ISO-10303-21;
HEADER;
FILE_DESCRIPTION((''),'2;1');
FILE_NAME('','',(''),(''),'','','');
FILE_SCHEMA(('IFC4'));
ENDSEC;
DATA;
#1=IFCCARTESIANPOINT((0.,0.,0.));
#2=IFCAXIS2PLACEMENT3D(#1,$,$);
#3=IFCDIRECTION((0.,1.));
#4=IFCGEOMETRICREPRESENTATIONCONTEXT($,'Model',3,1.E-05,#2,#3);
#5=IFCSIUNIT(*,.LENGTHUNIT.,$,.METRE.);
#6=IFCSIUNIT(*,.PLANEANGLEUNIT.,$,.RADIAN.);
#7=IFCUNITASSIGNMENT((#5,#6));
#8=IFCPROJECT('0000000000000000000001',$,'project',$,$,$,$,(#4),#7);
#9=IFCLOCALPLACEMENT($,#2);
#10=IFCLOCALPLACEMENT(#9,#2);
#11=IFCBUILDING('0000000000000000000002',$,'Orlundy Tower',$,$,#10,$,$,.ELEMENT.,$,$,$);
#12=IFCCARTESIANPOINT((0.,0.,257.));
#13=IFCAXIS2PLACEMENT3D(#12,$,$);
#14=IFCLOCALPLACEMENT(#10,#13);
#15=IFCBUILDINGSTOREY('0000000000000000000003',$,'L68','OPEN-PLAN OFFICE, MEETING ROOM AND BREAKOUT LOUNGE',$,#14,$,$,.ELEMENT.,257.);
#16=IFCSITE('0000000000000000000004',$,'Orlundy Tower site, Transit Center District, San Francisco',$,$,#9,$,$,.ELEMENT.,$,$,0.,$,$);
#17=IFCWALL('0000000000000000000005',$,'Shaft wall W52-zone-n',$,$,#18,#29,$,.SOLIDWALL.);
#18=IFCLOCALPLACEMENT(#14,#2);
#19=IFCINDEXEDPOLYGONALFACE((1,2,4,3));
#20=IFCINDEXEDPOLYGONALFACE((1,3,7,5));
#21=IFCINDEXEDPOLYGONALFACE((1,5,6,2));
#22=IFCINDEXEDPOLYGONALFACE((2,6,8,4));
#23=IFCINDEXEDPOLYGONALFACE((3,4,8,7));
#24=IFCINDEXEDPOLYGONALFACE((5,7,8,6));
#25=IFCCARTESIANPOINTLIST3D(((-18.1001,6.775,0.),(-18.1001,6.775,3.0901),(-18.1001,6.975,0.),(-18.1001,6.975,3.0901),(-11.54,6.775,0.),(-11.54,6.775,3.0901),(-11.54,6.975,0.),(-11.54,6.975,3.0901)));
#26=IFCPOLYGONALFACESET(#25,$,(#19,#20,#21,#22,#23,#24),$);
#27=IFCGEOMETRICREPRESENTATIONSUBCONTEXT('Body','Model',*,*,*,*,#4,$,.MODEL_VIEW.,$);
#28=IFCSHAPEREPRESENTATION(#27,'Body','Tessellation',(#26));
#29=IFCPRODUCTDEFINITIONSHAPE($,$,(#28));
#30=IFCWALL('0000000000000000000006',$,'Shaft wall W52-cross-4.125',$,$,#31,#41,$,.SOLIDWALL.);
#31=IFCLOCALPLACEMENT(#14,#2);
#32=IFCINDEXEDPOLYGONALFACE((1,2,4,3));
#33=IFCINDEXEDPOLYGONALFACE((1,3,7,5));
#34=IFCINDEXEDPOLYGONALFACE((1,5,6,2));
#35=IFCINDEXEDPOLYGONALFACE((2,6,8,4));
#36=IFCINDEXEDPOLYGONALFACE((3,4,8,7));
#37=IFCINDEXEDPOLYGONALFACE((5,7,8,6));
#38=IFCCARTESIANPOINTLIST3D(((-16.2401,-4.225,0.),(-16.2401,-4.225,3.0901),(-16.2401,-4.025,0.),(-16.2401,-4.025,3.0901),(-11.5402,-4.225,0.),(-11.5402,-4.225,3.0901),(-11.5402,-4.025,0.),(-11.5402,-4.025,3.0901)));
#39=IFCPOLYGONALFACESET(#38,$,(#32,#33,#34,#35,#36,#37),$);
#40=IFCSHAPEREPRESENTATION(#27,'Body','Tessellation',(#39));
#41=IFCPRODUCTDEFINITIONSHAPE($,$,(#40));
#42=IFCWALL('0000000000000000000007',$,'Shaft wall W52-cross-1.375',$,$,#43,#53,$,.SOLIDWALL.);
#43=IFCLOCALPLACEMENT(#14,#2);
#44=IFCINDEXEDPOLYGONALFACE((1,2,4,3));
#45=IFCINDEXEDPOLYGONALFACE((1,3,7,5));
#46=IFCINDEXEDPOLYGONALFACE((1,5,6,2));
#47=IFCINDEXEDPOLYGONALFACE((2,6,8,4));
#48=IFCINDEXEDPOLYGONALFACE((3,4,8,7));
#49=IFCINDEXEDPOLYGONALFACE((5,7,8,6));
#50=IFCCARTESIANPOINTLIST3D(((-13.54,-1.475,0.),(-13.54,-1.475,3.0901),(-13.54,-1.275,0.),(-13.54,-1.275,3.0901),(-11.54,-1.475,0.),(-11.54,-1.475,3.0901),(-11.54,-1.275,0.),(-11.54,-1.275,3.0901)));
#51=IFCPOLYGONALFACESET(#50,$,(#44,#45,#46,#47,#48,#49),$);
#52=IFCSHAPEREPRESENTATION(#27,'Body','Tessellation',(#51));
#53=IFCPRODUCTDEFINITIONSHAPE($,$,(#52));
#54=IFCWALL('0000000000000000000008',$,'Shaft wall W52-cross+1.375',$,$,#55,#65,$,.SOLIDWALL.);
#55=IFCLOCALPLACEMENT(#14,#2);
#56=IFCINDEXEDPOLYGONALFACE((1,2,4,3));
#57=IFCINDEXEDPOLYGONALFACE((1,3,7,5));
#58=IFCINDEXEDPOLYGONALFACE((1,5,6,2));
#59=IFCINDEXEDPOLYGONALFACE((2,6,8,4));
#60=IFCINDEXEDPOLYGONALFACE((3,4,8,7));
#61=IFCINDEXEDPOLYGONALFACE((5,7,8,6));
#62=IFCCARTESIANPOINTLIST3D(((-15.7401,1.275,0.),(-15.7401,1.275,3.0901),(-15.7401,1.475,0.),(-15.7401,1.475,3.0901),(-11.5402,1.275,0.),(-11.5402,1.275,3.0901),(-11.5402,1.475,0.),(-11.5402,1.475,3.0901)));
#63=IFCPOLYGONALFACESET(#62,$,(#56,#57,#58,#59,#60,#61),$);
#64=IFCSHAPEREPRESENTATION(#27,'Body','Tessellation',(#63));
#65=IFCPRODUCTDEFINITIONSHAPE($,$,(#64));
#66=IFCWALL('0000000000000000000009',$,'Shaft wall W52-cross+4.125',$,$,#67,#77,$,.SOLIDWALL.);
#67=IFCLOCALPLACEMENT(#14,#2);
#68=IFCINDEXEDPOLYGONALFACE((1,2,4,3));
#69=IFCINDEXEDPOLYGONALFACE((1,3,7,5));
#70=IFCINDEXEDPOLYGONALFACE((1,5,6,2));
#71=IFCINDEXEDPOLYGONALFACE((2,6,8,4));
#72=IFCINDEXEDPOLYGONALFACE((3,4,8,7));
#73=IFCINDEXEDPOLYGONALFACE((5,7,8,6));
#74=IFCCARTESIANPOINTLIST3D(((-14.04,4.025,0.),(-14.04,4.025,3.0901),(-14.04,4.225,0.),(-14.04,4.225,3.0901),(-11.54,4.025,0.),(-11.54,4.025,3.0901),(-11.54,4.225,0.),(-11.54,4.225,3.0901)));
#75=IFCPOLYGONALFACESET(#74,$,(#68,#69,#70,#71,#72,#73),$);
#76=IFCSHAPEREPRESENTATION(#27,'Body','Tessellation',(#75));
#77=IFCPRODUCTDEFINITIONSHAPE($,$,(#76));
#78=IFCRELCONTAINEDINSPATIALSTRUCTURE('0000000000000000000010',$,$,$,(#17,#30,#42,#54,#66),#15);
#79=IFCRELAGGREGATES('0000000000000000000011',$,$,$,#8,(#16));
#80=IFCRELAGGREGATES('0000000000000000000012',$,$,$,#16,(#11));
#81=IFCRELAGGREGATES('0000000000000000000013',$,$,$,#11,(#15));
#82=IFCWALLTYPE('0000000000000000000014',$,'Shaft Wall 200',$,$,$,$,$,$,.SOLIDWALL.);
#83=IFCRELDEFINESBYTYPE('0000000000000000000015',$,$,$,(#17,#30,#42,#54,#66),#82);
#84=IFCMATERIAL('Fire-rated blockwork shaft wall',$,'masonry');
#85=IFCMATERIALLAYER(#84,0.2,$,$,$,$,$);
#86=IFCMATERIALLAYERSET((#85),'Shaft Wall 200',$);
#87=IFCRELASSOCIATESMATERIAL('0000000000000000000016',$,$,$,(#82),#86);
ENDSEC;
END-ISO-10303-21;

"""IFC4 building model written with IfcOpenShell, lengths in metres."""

from ifc_helpers import new_model, si_unit, direction, frame, frame_2d, origin, place, context, subcontext, project, spatial, rectangle, extrude, material, layer, layer_set, type_object, element, save


model = new_model("IFC4")

# Units and contexts
model_context = context("Model", 3, precision=1e-05, world=origin(), true_north=direction((0.0, 1.0)))
body_context = subcontext(model_context, "Body", "Model", "MODEL_VIEW")
ifc_project = project(units=[si_unit("LENGTHUNIT", "METRE"), si_unit("PLANEANGLEUNIT", "RADIAN")], contexts=[model_context])

# Site, building, storey
site_placement = place(None, origin())
site = spatial("IfcSite", under=ifc_project, at=site_placement, Name="Orlundy Tower site, Transit Center District, San Francisco", CompositionType="ELEMENT", RefElevation=0.0)
building_placement = place(site_placement, origin())
building = spatial("IfcBuilding", under=site, at=building_placement, Name="Orlundy Tower", CompositionType="ELEMENT")
storey_placement = place(building_placement, frame((0.0, 0.0, 257.0)))
storey = spatial("IfcBuildingStorey", under=building, at=storey_placement, Name="L68", Description="OPEN-PLAN OFFICE, MEETING ROOM AND BREAKOUT LOUNGE", CompositionType="ELEMENT", Elevation=257.0)

# Walls
ifc_material_1 = material(Name="Fire-rated blockwork shaft wall", Category="masonry")
ifc_layer_1 = layer(ifc_material_1, 0.2)
ifc_layer_set_1 = layer_set([ifc_layer_1], Name="Shaft Wall 200")
wall_type_1 = type_object("IfcWallType", Name="Shaft Wall 200", PredefinedType="SOLIDWALL", material=ifc_layer_set_1)
wall_1_placement = place(storey_placement, frame((-11.54, 6.875, 0.0), z_axis=(0.0, 0.0, 1.0), x_axis=(-1.0, 0.0, 0.0)))
element("IfcWall", 1, at=wall_1_placement, inside=storey, type_object=wall_type_1, Name="Shaft wall W52-zone-n", PredefinedType="SOLIDWALL", context=body_context, shape_type="SweptSolid", body=[
    extrude(rectangle(XDim=6.5601, YDim=0.2, at=frame_2d((3.28, 0.0))), origin(), (0.0, 0.0, 1.0), 3.0901),
])
wall_2_placement = place(storey_placement, frame((-11.54, -4.125, 0.0), z_axis=(0.0, 0.0, 1.0), x_axis=(-1.0, 0.0, 0.0)))
element("IfcWall", 2, at=wall_2_placement, inside=storey, type_object=wall_type_1, Name="Shaft wall W52-cross-4.125", PredefinedType="SOLIDWALL", context=body_context, shape_type="SweptSolid", body=[
    extrude(rectangle(XDim=4.7, YDim=0.2, at=frame_2d((2.3501, 0.0))), origin(), (0.0, 0.0, 1.0), 3.0901),
])
wall_3_placement = place(storey_placement, frame((-11.54, -1.375, 0.0), z_axis=(0.0, 0.0, 1.0), x_axis=(-1.0, 0.0, 0.0)))
element("IfcWall", 3, at=wall_3_placement, inside=storey, type_object=wall_type_1, Name="Shaft wall W52-cross-1.375", PredefinedType="SOLIDWALL", context=body_context, shape_type="SweptSolid", body=[
    extrude(rectangle(XDim=2.0, YDim=0.2, at=frame_2d((1.0, 0.0))), origin(), (0.0, 0.0, 1.0), 3.0901),
])
wall_4_placement = place(storey_placement, frame((-11.54, 1.375, 0.0), z_axis=(0.0, 0.0, 1.0), x_axis=(-1.0, 0.0, 0.0)))
element("IfcWall", 4, at=wall_4_placement, inside=storey, type_object=wall_type_1, Name="Shaft wall W52-cross+1.375", PredefinedType="SOLIDWALL", context=body_context, shape_type="SweptSolid", body=[
    extrude(rectangle(XDim=4.2, YDim=0.2, at=frame_2d((2.1001, 0.0))), origin(), (0.0, 0.0, 1.0), 3.0901),
])
wall_5_placement = place(storey_placement, frame((-11.54, 4.125, 0.0), z_axis=(0.0, 0.0, 1.0), x_axis=(-1.0, 0.0, 0.0)))
element("IfcWall", 5, at=wall_5_placement, inside=storey, type_object=wall_type_1, Name="Shaft wall W52-cross+4.125", PredefinedType="SOLIDWALL", context=body_context, shape_type="SweptSolid", body=[
    extrude(rectangle(XDim=2.5, YDim=0.2, at=frame_2d((1.25, 0.0))), origin(), (0.0, 0.0, 1.0), 3.0901),
])

save(model, "model.ifc")
